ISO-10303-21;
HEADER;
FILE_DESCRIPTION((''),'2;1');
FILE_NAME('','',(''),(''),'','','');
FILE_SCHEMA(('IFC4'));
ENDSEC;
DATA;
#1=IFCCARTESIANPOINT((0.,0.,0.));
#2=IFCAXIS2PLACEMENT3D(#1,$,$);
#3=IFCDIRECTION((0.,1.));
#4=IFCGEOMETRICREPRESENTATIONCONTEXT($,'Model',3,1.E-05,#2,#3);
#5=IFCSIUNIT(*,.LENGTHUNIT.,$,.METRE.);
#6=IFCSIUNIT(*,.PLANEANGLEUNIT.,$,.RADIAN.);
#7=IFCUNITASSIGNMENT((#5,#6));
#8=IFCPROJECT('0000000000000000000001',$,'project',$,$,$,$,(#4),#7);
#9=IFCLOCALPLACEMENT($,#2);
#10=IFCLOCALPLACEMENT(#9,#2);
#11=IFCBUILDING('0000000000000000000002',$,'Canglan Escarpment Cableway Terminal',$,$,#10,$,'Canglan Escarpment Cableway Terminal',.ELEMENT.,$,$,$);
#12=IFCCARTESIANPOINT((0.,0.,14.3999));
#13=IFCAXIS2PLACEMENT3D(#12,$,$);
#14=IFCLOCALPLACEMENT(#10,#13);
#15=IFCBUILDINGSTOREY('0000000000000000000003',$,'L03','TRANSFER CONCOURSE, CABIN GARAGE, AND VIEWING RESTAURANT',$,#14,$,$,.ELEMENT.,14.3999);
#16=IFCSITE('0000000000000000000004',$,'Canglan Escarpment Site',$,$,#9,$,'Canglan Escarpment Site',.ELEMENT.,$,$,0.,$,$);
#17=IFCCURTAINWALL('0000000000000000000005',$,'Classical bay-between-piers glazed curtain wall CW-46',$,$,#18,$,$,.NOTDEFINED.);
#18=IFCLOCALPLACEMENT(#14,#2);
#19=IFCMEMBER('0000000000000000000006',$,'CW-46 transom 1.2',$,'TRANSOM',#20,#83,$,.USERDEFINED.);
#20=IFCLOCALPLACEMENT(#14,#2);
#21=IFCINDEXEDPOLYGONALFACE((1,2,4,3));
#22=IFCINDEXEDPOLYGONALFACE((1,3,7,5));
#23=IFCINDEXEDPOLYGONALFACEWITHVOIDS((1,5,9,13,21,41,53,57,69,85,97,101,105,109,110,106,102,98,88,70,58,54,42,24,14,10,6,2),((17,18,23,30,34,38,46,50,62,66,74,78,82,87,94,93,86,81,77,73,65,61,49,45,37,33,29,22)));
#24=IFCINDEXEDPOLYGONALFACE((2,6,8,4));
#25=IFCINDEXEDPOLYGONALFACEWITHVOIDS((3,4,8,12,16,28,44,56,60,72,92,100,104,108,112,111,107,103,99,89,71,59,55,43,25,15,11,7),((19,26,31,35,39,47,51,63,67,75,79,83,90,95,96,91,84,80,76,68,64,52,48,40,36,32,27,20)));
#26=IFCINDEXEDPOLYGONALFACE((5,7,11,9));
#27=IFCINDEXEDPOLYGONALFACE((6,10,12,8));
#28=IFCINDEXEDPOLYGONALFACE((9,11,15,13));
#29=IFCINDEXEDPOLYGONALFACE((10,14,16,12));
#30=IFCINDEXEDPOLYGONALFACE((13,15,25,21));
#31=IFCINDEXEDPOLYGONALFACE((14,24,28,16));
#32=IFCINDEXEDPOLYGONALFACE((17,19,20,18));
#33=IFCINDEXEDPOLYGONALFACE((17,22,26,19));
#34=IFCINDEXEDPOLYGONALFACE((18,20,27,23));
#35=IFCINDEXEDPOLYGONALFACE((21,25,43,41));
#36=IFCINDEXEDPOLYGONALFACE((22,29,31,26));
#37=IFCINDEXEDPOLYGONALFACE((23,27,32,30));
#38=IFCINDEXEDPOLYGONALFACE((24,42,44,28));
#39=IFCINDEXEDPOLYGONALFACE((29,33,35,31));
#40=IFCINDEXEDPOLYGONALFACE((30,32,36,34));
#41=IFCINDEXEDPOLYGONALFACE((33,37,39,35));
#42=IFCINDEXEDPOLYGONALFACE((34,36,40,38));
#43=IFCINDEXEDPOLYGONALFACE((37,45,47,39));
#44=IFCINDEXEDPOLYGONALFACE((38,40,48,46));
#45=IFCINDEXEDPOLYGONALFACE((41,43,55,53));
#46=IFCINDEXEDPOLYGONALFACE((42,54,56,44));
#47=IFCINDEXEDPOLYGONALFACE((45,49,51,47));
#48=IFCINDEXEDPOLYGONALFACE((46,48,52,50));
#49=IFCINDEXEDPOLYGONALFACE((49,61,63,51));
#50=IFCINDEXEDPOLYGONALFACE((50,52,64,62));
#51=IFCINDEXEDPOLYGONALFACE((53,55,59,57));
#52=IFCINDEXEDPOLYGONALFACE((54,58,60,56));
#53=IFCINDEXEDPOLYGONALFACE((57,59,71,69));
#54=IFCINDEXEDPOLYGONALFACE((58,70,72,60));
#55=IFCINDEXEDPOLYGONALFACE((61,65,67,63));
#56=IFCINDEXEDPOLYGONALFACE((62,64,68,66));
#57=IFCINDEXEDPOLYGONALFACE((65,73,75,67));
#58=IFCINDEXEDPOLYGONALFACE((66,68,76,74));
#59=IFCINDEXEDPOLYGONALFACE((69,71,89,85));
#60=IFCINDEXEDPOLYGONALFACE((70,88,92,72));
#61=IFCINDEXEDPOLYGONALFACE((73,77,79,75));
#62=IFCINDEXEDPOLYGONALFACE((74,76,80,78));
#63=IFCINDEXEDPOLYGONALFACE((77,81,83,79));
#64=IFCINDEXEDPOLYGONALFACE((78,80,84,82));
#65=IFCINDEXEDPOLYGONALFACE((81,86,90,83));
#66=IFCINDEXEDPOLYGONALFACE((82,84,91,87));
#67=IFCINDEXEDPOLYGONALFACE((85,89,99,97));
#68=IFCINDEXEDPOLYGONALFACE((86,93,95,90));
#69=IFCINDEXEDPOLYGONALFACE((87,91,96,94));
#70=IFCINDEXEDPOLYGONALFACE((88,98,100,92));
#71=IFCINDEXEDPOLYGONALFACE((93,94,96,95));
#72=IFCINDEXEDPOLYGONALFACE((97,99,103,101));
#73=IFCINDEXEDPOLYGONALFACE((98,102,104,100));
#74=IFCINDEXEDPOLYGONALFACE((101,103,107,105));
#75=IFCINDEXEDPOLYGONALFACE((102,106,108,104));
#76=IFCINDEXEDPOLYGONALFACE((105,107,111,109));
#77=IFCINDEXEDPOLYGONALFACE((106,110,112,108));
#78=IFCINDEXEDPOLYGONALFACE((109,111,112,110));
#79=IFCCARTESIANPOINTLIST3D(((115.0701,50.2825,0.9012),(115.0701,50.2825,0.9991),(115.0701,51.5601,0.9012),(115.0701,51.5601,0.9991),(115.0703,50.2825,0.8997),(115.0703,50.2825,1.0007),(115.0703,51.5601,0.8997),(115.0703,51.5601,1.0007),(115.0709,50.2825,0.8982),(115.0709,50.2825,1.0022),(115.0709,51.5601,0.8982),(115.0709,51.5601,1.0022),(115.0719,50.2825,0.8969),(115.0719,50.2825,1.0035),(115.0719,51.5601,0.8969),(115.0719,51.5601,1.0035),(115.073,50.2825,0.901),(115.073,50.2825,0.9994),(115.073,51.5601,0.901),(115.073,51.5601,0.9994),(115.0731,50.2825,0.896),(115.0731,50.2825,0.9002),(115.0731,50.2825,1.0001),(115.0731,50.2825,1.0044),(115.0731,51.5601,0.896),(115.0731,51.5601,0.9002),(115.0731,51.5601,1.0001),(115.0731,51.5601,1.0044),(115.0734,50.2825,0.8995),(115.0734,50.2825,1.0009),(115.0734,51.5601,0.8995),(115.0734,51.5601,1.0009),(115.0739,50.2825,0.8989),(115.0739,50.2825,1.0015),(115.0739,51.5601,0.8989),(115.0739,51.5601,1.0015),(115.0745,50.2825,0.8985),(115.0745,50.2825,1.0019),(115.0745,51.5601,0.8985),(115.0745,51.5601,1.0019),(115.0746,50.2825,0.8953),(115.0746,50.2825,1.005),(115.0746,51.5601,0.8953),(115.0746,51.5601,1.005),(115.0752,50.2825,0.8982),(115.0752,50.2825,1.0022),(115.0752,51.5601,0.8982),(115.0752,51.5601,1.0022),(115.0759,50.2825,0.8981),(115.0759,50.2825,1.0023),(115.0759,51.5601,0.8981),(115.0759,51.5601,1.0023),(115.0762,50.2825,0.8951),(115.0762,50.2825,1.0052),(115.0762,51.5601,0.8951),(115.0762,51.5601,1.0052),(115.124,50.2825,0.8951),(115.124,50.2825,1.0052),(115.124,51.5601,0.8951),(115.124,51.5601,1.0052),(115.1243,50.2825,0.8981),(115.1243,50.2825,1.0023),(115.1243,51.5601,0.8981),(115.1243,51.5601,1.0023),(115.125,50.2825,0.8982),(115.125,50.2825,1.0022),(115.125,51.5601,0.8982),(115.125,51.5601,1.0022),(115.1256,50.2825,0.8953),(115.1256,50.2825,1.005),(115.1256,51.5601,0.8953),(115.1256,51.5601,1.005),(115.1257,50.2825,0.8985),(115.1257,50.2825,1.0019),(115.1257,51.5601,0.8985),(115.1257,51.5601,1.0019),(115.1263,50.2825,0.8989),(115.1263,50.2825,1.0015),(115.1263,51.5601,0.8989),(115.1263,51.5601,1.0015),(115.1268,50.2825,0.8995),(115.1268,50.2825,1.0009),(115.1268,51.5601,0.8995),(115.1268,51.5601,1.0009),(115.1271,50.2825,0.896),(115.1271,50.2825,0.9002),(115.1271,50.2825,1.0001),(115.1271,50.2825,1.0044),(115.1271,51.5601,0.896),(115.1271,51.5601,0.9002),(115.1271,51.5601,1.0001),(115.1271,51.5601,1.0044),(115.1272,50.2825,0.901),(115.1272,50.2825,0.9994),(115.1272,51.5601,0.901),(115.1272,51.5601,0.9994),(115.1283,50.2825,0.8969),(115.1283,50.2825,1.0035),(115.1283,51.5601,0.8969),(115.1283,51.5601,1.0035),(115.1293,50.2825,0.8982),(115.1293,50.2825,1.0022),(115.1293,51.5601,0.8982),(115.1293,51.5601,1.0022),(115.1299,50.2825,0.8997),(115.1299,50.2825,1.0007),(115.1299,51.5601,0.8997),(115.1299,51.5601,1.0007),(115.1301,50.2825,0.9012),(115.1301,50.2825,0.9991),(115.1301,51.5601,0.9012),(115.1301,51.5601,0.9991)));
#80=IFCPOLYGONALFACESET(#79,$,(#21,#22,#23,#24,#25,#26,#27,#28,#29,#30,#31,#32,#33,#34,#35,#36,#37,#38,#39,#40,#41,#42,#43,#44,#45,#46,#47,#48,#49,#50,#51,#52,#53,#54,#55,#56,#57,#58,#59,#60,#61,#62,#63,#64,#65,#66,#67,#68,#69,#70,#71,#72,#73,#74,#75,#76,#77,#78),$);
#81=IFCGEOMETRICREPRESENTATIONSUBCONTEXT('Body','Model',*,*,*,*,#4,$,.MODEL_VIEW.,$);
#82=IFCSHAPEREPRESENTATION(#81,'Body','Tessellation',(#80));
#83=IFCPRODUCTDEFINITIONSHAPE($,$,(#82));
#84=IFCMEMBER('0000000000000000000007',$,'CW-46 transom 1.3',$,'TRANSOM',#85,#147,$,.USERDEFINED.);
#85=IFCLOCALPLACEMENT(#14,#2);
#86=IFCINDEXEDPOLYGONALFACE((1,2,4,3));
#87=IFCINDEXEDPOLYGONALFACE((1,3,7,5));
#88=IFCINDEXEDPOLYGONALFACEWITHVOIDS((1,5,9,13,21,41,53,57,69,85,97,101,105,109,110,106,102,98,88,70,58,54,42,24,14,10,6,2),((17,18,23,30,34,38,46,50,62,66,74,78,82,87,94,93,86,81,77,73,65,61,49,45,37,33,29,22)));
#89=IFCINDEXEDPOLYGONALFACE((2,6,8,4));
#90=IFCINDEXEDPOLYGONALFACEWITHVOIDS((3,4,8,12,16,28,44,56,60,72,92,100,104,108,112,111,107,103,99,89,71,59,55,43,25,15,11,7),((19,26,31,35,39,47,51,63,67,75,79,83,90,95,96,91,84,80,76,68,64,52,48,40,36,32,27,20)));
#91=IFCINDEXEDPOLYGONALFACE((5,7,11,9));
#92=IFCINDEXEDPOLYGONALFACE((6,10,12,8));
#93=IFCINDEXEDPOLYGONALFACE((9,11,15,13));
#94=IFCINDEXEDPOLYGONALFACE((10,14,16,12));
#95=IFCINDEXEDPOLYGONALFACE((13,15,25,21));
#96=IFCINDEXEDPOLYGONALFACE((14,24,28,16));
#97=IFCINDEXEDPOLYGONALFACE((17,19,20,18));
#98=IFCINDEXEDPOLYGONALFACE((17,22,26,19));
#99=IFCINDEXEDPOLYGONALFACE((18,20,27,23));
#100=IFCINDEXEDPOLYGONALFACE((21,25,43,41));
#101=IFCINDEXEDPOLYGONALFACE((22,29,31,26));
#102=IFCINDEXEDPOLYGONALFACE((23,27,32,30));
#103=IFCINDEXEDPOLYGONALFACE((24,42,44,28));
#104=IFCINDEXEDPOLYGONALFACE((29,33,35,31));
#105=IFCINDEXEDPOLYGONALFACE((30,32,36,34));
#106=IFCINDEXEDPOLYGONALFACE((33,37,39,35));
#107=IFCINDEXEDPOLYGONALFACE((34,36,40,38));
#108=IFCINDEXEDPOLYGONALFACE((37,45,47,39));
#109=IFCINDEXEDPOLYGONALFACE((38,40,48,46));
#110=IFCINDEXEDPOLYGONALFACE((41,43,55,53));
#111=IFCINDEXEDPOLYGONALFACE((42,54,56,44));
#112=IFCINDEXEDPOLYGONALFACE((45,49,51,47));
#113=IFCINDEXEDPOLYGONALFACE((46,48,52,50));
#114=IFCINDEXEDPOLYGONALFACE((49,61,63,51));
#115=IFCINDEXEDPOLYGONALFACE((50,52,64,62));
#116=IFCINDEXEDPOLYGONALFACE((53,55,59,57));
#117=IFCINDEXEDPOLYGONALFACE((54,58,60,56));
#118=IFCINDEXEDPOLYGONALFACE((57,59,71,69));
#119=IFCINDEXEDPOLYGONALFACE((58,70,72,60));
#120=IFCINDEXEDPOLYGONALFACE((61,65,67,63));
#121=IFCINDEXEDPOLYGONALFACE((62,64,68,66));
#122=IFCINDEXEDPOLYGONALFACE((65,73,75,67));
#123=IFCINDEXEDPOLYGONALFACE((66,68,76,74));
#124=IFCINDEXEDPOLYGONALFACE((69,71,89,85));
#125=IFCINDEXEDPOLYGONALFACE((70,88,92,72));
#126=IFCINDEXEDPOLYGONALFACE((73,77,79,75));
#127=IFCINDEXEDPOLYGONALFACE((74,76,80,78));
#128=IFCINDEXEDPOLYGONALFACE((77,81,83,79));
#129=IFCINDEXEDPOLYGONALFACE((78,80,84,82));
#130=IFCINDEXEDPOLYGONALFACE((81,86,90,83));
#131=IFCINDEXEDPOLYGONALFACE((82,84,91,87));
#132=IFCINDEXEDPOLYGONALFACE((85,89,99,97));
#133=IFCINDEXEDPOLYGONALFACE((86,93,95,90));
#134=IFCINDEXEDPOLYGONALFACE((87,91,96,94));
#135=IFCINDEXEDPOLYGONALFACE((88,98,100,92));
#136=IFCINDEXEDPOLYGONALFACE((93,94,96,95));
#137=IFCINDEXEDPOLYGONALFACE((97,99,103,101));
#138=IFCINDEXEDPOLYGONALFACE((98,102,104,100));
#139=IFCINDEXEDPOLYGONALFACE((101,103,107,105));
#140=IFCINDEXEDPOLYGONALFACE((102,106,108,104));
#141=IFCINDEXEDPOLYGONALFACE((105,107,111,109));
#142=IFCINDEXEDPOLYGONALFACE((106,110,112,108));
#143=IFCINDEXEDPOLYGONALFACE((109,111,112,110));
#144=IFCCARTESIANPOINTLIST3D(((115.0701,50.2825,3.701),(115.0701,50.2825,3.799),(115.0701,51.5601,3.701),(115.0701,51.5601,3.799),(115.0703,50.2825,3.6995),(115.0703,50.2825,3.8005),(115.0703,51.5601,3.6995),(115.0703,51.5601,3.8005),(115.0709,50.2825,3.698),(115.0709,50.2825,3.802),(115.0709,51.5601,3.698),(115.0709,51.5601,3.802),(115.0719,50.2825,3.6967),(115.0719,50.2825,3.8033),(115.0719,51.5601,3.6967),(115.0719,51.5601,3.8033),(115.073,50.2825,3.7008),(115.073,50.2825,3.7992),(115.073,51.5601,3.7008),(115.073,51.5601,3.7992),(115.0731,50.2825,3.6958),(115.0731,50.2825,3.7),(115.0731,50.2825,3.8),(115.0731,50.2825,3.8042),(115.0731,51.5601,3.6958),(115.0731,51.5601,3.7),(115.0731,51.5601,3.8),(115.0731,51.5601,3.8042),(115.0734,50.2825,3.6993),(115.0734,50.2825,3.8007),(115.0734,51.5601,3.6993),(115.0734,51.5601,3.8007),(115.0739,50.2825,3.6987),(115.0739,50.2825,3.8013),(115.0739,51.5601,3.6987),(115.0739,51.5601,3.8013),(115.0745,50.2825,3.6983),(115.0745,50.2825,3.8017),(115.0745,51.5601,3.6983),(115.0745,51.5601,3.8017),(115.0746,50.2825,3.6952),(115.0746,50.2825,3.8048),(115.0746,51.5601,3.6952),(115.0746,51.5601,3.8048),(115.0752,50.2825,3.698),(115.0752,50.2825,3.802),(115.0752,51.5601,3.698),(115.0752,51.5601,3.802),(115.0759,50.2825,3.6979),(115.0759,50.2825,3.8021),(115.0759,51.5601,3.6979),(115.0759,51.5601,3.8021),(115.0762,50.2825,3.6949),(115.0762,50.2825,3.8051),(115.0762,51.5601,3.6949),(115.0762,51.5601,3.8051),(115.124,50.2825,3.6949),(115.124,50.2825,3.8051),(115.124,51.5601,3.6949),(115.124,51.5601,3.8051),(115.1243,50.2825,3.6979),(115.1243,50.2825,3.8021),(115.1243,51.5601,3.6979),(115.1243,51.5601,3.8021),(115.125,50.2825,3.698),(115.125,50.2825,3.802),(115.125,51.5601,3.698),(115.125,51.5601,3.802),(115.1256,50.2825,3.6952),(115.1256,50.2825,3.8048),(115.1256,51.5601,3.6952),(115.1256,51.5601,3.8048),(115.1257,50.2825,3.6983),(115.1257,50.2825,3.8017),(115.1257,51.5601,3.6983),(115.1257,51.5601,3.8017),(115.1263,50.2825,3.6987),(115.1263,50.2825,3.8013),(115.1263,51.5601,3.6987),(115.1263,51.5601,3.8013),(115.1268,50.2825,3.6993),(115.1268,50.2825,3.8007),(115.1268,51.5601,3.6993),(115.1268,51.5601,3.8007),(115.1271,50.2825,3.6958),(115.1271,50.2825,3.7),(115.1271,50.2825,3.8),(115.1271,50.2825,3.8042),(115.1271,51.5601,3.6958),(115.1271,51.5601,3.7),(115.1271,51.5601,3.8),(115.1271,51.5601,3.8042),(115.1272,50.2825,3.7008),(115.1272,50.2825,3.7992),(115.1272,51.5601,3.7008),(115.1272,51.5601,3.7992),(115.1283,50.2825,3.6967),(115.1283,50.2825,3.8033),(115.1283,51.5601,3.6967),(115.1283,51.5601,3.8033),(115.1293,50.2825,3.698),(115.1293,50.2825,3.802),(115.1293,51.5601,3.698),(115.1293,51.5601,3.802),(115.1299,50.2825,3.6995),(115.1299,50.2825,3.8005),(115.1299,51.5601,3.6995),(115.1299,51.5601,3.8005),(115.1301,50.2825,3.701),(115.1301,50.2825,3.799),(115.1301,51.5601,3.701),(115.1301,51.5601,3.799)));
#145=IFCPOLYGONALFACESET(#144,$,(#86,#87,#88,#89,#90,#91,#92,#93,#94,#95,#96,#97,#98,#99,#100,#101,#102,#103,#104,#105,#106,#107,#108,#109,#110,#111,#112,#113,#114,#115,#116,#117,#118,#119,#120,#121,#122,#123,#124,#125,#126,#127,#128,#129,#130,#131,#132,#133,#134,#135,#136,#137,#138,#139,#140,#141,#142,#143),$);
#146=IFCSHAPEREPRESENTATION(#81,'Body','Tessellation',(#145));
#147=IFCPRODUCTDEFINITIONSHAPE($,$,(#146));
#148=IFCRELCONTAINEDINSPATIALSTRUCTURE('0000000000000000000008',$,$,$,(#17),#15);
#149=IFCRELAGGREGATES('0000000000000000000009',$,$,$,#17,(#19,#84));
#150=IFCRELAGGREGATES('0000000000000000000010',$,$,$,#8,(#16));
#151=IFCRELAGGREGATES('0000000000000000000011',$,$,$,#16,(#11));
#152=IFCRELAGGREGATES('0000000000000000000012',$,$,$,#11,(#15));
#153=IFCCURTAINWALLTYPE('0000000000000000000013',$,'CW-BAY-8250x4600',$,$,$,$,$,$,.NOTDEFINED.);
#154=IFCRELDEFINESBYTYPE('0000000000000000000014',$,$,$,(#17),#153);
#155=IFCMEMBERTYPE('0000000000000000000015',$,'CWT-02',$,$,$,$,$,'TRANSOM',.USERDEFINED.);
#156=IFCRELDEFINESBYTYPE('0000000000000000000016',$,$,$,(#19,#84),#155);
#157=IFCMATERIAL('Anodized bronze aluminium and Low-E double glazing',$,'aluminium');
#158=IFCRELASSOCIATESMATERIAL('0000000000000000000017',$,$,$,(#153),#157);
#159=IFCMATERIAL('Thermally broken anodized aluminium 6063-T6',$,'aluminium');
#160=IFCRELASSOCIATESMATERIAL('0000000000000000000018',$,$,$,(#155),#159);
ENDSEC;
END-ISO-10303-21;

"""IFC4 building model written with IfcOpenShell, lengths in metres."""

from ifc_helpers import new_model, si_unit, direction, frame, origin, origin_2d, place, context, subcontext, project, spatial, hollow_rectangle, extrude, material, material_profile, profile_set, type_object, element, aggregate, save


model = new_model("IFC4")

# Units and contexts
model_context = context("Model", 3, precision=1e-05, world=origin(), true_north=direction((0.0, 1.0)))
body_context = subcontext(model_context, "Body", "Model", "MODEL_VIEW")
ifc_project = project(units=[si_unit("LENGTHUNIT", "METRE"), si_unit("PLANEANGLEUNIT", "RADIAN")], contexts=[model_context])

# Site, building, storey
site_placement = place(None, origin())
site = spatial("IfcSite", under=ifc_project, at=site_placement, Name="Canglan Escarpment Site", LongName="Canglan Escarpment Site", CompositionType="ELEMENT", RefElevation=0.0)
building_placement = place(site_placement, origin())
building = spatial("IfcBuilding", under=site, at=building_placement, Name="Canglan Escarpment Cableway Terminal", LongName="Canglan Escarpment Cableway Terminal", CompositionType="ELEMENT")
storey_placement = place(building_placement, frame((0.0, 0.0, 14.3999)))
storey = spatial("IfcBuildingStorey", under=building, at=storey_placement, Name="L03", Description="TRANSFER CONCOURSE, CABIN GARAGE, AND VIEWING RESTAURANT", CompositionType="ELEMENT", Elevation=14.3999)

# Curtain wall, members
ifc_material_1 = material(Name="Anodized bronze aluminium and Low-E double glazing", Category="aluminium")
curtain_wall_type = type_object("IfcCurtainWallType", Name="CW-BAY-8250x4600", PredefinedType="NOTDEFINED", material=ifc_material_1)
curtain_wall_placement = place(storey_placement, origin())
curtain_wall = element("IfcCurtainWall", 1, at=curtain_wall_placement, inside=storey, type_object=curtain_wall_type, Name="Classical bay-between-piers glazed curtain wall CW-46", PredefinedType="NOTDEFINED")
ifc_material_2 = material(Name="Thermally broken anodized aluminium 6063-T6", Category="aluminium")
ifc_material_profile_1 = material_profile(ifc_material_2, hollow_rectangle(XDim=0.0601, YDim=0.1101, WallThickness=0.0029, InnerFilletRadius=0.0029, OuterFilletRadius=0.0061, at=origin_2d()), Name="ALU-TRAN 60x110x3")
ifc_profile_set_1 = profile_set([ifc_material_profile_1], Name="Thermally broken anodized aluminium 6063-T6")
member_type_1 = type_object("IfcMemberType", Name="CWT-02", ElementType="TRANSOM", PredefinedType="USERDEFINED", material=ifc_profile_set_1)
member_1_placement = place(storey_placement, frame((115.1001, 51.5601, 0.9502), z_axis=(0.0, -1.0, 0.0), x_axis=(1.0, 0.0, 0.0)))
member_1 = element("IfcMember", 2, at=member_1_placement, type_object=member_type_1, Name="CW-46 transom 1.2", ObjectType="TRANSOM", PredefinedType="USERDEFINED", context=body_context, shape_type="SweptSolid", body=[
    extrude(hollow_rectangle(XDim=0.0601, YDim=0.1101, WallThickness=0.0029, InnerFilletRadius=0.0029, OuterFilletRadius=0.0061, at=origin_2d()), origin(), (0.0, 0.0, 1.0), 1.2776),
])
member_2_placement = place(storey_placement, frame((115.1001, 51.5601, 3.75), z_axis=(0.0, -1.0, 0.0), x_axis=(1.0, 0.0, 0.0)))
member_2 = element("IfcMember", 3, at=member_2_placement, type_object=member_type_1, Name="CW-46 transom 1.3", ObjectType="TRANSOM", PredefinedType="USERDEFINED", context=body_context, shape_type="SweptSolid", body=[
    extrude(hollow_rectangle(XDim=0.0601, YDim=0.1101, WallThickness=0.0029, InnerFilletRadius=0.0029, OuterFilletRadius=0.0061, at=origin_2d()), origin(), (0.0, 0.0, 1.0), 1.2776),
])

aggregate(curtain_wall, [member_1, member_2])

save(model, "model.ifc")
